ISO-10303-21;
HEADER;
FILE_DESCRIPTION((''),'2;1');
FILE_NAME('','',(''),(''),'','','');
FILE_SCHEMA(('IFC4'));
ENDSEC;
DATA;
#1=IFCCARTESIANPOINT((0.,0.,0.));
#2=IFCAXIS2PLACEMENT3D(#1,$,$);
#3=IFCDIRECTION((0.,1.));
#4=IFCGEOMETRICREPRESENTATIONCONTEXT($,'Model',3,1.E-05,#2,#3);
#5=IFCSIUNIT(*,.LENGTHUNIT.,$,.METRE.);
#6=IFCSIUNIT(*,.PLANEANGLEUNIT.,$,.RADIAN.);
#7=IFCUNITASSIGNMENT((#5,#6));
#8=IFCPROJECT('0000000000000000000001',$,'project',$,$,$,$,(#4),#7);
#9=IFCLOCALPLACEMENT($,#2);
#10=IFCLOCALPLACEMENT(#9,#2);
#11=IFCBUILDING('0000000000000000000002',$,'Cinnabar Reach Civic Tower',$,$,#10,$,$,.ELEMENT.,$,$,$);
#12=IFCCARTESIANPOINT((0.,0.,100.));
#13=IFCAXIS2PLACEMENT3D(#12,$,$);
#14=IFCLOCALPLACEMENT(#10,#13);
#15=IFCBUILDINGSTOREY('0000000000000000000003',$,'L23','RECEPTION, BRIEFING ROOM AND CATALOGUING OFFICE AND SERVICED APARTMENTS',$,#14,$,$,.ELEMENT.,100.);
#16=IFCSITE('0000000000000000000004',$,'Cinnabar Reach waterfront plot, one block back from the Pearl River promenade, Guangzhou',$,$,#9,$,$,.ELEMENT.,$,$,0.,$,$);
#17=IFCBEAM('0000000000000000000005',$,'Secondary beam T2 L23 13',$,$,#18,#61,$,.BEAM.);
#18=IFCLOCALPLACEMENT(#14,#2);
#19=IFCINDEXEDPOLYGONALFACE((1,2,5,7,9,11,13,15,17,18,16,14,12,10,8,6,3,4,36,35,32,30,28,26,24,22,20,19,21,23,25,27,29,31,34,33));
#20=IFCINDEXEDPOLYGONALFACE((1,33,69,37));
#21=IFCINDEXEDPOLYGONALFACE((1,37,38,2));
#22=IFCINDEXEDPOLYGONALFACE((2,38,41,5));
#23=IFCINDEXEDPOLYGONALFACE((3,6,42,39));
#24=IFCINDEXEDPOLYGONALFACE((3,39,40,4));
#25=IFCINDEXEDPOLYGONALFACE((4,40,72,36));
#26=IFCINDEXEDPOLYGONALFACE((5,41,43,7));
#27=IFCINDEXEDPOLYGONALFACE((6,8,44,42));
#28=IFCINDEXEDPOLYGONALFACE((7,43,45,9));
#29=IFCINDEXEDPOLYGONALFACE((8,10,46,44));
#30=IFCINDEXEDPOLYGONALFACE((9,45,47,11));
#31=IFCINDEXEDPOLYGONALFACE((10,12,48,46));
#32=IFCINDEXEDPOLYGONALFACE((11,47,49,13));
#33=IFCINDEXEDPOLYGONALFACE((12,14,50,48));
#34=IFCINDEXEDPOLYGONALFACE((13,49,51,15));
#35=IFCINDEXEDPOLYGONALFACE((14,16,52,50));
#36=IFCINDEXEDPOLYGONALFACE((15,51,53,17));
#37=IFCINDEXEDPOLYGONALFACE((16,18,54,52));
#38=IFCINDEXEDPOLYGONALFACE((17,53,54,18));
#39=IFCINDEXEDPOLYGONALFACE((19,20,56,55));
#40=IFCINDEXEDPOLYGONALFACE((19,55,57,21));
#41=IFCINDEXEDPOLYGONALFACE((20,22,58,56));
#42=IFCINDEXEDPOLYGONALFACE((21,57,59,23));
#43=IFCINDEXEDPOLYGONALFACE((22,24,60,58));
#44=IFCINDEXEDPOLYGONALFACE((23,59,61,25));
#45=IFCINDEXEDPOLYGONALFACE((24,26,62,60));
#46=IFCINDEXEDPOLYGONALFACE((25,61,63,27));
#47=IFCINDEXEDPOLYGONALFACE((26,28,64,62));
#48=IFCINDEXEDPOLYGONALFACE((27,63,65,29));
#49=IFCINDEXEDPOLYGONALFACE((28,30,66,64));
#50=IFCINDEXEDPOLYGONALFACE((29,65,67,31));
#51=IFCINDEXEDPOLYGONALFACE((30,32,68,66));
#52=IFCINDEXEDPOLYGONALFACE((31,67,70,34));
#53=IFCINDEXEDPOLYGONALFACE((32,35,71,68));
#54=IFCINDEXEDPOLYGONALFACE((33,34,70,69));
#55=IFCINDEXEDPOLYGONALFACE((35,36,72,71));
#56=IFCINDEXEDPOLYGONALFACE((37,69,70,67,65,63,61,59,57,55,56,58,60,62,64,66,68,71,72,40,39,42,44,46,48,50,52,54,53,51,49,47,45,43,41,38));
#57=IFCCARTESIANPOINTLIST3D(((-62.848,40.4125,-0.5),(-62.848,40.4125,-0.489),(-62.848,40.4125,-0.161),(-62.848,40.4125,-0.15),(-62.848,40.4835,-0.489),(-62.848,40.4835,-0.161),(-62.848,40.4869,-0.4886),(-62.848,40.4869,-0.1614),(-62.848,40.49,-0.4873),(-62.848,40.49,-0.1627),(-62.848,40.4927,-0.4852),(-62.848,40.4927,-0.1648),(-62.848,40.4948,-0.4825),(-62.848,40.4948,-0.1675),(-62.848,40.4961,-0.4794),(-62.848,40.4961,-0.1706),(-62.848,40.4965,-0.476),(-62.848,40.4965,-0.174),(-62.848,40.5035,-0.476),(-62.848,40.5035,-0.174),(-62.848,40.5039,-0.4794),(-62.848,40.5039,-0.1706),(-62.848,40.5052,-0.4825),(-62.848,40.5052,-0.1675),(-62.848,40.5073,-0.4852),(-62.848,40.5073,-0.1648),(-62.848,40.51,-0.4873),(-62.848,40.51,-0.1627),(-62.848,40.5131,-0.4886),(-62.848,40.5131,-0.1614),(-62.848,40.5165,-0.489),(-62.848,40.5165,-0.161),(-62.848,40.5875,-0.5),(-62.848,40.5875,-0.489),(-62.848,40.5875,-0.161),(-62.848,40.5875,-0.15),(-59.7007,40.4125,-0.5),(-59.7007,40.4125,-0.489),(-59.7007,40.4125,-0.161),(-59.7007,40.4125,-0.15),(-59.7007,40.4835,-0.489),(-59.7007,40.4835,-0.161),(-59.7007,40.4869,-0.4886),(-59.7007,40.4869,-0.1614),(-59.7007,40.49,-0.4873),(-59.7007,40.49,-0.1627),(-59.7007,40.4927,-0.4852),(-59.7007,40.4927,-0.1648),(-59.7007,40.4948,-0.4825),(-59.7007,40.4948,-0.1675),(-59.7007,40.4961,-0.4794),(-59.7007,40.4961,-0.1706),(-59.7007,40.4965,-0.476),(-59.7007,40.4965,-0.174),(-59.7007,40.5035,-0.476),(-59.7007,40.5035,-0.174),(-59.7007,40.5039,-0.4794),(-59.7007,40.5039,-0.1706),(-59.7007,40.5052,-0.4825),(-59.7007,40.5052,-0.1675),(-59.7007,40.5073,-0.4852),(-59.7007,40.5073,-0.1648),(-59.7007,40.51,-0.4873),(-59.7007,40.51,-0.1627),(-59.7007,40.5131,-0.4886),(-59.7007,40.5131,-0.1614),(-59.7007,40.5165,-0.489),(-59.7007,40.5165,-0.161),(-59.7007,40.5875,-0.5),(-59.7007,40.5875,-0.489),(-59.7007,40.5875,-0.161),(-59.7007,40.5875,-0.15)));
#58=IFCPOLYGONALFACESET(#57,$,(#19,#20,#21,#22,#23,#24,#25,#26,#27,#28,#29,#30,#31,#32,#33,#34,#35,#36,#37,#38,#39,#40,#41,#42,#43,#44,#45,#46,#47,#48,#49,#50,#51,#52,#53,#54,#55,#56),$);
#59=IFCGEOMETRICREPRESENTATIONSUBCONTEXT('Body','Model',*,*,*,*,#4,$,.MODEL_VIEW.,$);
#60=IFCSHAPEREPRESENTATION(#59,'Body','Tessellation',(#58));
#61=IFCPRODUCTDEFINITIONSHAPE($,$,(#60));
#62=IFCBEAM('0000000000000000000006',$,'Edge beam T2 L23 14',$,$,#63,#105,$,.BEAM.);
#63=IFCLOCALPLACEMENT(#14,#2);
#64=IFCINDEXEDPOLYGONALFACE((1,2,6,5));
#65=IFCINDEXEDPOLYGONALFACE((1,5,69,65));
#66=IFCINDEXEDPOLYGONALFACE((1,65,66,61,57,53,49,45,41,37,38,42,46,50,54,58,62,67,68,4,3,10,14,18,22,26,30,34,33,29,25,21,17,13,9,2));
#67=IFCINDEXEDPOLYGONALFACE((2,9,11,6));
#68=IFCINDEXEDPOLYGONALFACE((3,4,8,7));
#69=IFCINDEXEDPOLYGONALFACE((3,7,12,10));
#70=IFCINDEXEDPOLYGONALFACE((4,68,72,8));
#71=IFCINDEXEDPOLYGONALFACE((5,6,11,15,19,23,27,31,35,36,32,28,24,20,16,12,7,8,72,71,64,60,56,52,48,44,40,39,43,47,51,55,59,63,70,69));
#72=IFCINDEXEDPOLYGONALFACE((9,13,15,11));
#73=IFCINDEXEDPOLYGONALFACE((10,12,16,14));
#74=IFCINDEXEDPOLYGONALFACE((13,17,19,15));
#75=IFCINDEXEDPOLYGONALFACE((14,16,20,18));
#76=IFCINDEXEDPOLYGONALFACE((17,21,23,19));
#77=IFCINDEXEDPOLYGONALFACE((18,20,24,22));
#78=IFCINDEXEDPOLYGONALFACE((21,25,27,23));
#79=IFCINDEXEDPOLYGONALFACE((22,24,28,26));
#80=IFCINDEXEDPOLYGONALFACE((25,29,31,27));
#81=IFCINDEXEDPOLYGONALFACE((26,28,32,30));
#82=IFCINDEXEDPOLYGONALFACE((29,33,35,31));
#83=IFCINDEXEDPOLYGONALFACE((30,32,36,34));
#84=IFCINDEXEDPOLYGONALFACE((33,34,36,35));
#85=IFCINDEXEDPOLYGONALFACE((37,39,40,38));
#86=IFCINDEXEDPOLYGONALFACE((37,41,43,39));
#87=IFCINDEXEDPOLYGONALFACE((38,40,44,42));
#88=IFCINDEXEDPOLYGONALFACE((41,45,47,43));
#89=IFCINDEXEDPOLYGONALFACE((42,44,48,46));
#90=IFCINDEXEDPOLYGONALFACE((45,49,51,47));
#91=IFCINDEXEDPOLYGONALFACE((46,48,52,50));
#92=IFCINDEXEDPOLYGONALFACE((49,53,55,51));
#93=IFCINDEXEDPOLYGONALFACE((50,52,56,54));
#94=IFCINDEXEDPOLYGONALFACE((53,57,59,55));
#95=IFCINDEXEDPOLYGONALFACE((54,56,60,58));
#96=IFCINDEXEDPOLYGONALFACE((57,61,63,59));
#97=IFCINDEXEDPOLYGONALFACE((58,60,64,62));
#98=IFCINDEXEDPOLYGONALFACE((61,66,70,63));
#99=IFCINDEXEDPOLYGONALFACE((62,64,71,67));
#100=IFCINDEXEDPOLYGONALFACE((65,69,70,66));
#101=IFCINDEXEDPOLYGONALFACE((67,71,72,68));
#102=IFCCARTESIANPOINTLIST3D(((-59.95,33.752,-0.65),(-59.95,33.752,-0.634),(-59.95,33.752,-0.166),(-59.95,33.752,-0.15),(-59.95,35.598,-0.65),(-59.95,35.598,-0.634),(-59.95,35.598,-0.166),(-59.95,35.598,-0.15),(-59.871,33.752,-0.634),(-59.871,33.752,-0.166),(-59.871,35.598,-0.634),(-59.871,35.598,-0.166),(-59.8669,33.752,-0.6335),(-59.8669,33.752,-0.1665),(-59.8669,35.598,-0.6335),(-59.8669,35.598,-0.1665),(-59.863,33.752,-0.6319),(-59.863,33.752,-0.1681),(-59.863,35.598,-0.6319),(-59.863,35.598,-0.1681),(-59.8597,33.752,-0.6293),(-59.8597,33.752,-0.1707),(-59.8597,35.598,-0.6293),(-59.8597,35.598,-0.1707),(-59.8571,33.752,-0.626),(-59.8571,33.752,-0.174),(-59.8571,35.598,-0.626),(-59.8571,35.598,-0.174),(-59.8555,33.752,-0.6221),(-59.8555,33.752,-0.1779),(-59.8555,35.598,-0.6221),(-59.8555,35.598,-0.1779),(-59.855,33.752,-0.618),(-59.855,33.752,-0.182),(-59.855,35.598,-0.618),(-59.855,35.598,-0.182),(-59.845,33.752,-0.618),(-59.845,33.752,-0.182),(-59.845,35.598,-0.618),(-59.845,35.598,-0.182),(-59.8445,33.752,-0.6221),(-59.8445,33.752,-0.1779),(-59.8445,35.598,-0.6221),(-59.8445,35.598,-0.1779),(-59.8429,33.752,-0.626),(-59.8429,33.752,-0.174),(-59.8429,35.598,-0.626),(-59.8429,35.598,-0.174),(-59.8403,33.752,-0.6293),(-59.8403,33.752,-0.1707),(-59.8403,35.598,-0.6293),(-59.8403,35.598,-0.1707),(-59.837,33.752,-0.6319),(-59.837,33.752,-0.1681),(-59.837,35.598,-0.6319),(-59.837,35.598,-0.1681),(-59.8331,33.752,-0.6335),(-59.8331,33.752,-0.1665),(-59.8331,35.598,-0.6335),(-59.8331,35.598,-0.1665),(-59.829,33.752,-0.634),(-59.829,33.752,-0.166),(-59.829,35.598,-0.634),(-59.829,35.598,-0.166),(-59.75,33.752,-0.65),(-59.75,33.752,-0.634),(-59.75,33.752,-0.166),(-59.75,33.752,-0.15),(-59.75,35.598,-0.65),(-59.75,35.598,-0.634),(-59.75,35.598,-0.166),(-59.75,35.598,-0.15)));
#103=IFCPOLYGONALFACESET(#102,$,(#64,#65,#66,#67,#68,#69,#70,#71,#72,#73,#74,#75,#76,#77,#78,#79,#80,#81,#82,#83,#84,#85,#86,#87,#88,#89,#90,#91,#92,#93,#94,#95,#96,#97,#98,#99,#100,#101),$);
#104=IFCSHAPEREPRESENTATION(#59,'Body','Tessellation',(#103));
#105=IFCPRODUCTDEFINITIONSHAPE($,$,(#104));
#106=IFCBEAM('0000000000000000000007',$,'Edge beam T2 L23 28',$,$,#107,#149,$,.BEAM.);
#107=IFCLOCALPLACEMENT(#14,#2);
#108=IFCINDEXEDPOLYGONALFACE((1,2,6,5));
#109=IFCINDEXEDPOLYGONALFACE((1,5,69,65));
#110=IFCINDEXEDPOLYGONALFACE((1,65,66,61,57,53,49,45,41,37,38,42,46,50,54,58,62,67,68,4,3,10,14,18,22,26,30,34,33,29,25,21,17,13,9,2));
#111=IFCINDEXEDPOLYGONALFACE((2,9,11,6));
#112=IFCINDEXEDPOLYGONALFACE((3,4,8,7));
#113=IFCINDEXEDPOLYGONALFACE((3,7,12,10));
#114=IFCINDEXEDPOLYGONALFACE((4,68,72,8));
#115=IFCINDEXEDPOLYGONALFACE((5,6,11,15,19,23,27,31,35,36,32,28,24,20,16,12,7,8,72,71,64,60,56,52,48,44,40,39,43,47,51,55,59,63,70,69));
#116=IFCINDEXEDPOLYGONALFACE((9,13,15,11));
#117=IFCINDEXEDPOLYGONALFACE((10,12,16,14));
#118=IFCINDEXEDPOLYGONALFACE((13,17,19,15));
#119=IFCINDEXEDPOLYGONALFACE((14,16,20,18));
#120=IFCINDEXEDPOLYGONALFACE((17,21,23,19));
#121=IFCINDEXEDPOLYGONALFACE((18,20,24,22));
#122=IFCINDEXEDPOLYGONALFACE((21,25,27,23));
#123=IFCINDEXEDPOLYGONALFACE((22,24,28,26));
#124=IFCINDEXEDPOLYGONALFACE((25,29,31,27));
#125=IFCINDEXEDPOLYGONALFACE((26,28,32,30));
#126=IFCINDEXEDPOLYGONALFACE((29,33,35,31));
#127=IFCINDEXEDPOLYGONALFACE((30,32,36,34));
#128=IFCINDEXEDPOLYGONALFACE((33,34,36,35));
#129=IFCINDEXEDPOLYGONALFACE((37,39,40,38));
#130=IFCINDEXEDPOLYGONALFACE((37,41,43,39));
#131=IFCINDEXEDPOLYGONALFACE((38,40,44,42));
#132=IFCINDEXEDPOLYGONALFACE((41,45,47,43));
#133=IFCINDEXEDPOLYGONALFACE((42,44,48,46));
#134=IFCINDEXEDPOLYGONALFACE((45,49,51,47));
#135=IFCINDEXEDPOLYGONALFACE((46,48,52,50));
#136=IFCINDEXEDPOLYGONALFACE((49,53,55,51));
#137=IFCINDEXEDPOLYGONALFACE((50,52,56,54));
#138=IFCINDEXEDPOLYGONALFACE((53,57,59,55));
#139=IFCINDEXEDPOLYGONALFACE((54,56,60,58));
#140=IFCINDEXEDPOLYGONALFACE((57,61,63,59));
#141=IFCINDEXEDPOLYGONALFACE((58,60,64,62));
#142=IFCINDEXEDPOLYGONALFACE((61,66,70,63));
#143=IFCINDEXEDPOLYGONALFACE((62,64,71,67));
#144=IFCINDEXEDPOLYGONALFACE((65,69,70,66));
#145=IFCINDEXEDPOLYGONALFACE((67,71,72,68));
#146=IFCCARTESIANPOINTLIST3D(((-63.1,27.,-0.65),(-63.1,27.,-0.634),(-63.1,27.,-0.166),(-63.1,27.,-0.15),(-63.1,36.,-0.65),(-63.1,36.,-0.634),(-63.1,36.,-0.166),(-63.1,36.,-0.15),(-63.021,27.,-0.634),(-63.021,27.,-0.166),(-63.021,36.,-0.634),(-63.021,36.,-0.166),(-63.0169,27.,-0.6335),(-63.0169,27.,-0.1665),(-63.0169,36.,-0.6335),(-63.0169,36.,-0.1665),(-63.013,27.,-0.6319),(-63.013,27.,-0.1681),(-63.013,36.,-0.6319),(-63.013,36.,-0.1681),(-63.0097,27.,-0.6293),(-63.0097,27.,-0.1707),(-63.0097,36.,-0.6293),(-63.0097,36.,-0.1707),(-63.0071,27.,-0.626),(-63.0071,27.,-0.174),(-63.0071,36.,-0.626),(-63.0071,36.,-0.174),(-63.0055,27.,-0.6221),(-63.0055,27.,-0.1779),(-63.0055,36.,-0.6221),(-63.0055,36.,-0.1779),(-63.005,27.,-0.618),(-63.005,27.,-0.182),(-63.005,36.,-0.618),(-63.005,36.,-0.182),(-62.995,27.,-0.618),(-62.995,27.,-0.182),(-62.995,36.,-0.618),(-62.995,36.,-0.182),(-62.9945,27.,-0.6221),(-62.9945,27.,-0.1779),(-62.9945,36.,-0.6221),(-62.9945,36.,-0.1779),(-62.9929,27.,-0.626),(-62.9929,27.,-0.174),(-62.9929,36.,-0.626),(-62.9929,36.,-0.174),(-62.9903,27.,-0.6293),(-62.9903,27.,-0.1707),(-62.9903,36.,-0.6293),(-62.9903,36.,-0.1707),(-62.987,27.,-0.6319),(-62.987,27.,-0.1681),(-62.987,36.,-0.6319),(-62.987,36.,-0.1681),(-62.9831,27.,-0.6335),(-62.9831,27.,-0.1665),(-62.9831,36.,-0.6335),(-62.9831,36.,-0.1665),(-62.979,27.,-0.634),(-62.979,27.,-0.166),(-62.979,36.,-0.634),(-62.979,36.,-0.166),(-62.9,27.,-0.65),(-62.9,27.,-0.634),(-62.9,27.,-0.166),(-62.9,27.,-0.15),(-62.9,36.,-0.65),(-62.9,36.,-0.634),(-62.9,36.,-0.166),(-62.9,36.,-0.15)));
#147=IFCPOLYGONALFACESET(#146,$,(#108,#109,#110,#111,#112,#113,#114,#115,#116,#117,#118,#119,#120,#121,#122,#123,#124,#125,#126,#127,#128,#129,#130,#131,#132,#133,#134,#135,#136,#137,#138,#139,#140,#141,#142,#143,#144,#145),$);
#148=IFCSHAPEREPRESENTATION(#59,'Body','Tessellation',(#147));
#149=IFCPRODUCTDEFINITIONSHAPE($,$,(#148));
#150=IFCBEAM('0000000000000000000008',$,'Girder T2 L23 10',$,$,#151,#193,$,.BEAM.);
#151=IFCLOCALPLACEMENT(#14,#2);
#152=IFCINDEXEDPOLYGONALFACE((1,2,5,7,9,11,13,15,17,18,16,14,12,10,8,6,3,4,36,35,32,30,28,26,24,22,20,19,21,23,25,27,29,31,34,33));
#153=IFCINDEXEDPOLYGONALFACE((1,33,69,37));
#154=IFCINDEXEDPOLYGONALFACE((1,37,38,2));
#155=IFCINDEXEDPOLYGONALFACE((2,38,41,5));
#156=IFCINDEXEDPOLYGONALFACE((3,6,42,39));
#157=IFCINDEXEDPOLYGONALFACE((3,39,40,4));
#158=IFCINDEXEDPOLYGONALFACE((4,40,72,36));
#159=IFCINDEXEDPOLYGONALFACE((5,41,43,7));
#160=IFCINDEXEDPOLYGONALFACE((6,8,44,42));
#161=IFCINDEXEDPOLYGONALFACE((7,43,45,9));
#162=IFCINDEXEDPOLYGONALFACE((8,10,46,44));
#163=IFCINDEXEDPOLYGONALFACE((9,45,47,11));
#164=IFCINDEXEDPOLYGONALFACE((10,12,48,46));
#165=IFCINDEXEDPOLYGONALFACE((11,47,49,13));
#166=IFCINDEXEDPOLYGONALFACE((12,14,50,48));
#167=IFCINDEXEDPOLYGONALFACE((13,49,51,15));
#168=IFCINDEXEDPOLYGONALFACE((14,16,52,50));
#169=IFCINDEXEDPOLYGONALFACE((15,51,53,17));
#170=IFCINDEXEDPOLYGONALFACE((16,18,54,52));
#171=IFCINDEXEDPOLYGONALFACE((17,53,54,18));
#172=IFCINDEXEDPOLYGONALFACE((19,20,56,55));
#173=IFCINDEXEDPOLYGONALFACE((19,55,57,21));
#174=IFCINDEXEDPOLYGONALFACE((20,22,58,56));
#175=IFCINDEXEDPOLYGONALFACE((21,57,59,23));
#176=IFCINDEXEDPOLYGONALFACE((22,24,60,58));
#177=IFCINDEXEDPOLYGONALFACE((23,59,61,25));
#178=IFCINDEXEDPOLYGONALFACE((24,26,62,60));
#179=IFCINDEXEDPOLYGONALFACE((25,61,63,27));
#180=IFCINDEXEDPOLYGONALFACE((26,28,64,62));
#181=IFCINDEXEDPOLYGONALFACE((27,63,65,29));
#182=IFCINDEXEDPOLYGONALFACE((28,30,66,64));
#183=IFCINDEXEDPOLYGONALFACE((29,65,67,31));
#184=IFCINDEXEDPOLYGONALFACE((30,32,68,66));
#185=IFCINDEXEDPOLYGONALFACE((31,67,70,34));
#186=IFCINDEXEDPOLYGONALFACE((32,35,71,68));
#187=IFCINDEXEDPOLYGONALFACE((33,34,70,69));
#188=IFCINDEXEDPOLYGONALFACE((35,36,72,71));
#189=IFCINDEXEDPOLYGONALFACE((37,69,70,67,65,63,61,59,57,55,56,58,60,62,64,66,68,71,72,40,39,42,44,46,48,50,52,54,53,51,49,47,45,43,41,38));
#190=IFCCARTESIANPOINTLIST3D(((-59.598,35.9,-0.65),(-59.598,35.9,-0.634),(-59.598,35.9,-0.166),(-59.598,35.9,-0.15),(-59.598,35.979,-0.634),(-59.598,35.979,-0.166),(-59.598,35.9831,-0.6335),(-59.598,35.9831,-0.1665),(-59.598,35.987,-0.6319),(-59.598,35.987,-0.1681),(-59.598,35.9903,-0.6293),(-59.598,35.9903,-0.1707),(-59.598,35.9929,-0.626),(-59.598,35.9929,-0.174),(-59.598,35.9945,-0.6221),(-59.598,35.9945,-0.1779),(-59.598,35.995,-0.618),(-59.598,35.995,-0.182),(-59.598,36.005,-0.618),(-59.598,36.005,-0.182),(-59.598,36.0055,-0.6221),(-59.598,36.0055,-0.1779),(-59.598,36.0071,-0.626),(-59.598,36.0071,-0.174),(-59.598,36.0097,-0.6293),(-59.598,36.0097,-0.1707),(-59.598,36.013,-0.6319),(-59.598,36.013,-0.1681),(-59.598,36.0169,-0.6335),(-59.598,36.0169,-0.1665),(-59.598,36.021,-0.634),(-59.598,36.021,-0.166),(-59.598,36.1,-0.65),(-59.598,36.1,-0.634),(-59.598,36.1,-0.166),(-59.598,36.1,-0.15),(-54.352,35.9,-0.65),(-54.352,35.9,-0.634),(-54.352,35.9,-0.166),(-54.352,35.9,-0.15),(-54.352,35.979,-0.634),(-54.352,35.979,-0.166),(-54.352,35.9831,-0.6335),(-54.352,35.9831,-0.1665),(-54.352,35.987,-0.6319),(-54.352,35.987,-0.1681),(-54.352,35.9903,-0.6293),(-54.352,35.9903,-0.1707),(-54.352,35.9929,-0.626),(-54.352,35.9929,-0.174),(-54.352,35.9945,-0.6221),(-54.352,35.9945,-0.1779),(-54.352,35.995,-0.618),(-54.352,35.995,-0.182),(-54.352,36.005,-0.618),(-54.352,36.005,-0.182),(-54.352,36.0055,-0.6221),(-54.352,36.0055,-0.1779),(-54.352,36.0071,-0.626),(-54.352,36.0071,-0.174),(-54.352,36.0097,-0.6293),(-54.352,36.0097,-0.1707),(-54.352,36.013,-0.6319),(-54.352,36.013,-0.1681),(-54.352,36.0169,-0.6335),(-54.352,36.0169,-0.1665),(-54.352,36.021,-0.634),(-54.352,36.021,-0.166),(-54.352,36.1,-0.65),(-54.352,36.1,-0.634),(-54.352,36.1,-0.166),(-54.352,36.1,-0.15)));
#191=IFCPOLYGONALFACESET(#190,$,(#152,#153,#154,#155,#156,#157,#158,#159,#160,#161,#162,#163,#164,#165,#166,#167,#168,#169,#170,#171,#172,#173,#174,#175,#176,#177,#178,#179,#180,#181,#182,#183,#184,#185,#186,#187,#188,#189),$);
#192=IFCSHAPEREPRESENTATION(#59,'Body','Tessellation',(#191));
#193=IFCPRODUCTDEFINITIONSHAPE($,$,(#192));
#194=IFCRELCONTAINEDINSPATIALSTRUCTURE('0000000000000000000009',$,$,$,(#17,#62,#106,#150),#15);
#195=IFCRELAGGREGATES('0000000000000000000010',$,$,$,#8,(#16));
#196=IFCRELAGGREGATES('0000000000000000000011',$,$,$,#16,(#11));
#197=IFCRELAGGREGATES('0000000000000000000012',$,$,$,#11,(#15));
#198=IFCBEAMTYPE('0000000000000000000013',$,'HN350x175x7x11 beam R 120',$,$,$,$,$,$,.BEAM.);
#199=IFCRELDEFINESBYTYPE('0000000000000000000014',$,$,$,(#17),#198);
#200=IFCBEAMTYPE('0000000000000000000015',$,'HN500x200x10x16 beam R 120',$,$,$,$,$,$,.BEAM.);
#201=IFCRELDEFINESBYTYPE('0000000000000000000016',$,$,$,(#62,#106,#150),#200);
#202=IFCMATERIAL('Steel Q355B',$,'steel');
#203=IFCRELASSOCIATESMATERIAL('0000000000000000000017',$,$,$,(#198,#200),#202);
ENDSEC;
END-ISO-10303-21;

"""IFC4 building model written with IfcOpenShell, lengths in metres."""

from ifc_helpers import new_model, si_unit, direction, frame, origin, origin_2d, place, context, subcontext, project, spatial, i_section, extrude, material, material_profile, profile_set, type_object, element, save


model = new_model("IFC4")

# Units and contexts
model_context = context("Model", 3, precision=1e-05, world=origin(), true_north=direction((0.0, 1.0)))
body_context = subcontext(model_context, "Body", "Model", "MODEL_VIEW")
ifc_project = project(units=[si_unit("LENGTHUNIT", "METRE"), si_unit("PLANEANGLEUNIT", "RADIAN")], contexts=[model_context])

# Site, building, storey
site_placement = place(None, origin())
site = spatial("IfcSite", under=ifc_project, at=site_placement, Name="Cinnabar Reach waterfront plot, one block back from the Pearl River promenade, Guangzhou", CompositionType="ELEMENT", RefElevation=0.0)
building_placement = place(site_placement, origin())
building = spatial("IfcBuilding", under=site, at=building_placement, Name="Cinnabar Reach Civic Tower", CompositionType="ELEMENT")
storey_placement = place(building_placement, frame((0.0, 0.0, 100.0)))
storey = spatial("IfcBuildingStorey", under=building, at=storey_placement, Name="L23", Description="RECEPTION, BRIEFING ROOM AND CATALOGUING OFFICE AND SERVICED APARTMENTS", CompositionType="ELEMENT", Elevation=100.0)

# Beams
ifc_material_1 = material(Name="Steel Q355B", Category="steel")
ifc_material_profile_1 = material_profile(ifc_material_1, i_section(OverallWidth=0.175, OverallDepth=0.35, WebThickness=0.007, FlangeThickness=0.011, FilletRadius=0.013, at=origin_2d()), Name="HN350x175x7x11")
ifc_profile_set_1 = profile_set([ifc_material_profile_1], Name="Steel Q355B")
beam_type_1 = type_object("IfcBeamType", Name="HN350x175x7x11 beam R 120", PredefinedType="BEAM", material=ifc_profile_set_1)
beam_1_placement = place(storey_placement, frame((-62.848, 40.5, -0.325), z_axis=(1.0, 0.0, 0.0), x_axis=(0.0, 1.0, 0.0)))
element("IfcBeam", 1, at=beam_1_placement, inside=storey, type_object=beam_type_1, Name="Secondary beam T2 L23 13", PredefinedType="BEAM", context=body_context, shape_type="SweptSolid", body=[
    extrude(i_section(OverallWidth=0.175, OverallDepth=0.35, WebThickness=0.007, FlangeThickness=0.011, FilletRadius=0.013, at=origin_2d()), origin(), (0.0, 0.0, 1.0), 3.1473),
])
ifc_material_profile_2 = material_profile(ifc_material_1, i_section(OverallWidth=0.2, OverallDepth=0.5, WebThickness=0.01, FlangeThickness=0.016, FilletRadius=0.016, at=origin_2d()), Name="HN500x200x10x16")
ifc_profile_set_2 = profile_set([ifc_material_profile_2], Name="Steel Q355B")
beam_type_2 = type_object("IfcBeamType", Name="HN500x200x10x16 beam R 120", PredefinedType="BEAM", material=ifc_profile_set_2)
beam_2_placement = place(storey_placement, frame((-59.85, 35.598, -0.4), z_axis=(0.0, -1.0, 0.0), x_axis=(1.0, 0.0, 0.0)))
element("IfcBeam", 2, at=beam_2_placement, inside=storey, type_object=beam_type_2, Name="Edge beam T2 L23 14", PredefinedType="BEAM", context=body_context, shape_type="SweptSolid", body=[
    extrude(i_section(OverallWidth=0.2, OverallDepth=0.5, WebThickness=0.01, FlangeThickness=0.016, FilletRadius=0.016, at=origin_2d()), origin(), (0.0, 0.0, 1.0), 1.846),
])
beam_3_placement = place(storey_placement, frame((-63.0, 36.0, -0.4), z_axis=(0.0, -1.0, 0.0), x_axis=(1.0, 0.0, 0.0)))
element("IfcBeam", 3, at=beam_3_placement, inside=storey, type_object=beam_type_2, Name="Edge beam T2 L23 28", PredefinedType="BEAM", context=body_context, shape_type="SweptSolid", body=[
    extrude(i_section(OverallWidth=0.2, OverallDepth=0.5, WebThickness=0.01, FlangeThickness=0.016, FilletRadius=0.016, at=origin_2d()), origin(), (0.0, 0.0, 1.0), 9.0),
])
beam_4_placement = place(storey_placement, frame((-59.598, 36.0, -0.4), z_axis=(1.0, 0.0, 0.0), x_axis=(0.0, 1.0, 0.0)))
element("IfcBeam", 4, at=beam_4_placement, inside=storey, type_object=beam_type_2, Name="Girder T2 L23 10", PredefinedType="BEAM", context=body_context, shape_type="SweptSolid", body=[
    extrude(i_section(OverallWidth=0.2, OverallDepth=0.5, WebThickness=0.01, FlangeThickness=0.016, FilletRadius=0.016, at=origin_2d()), origin(), (0.0, 0.0, 1.0), 5.246),
])

save(model, "model.ifc")
